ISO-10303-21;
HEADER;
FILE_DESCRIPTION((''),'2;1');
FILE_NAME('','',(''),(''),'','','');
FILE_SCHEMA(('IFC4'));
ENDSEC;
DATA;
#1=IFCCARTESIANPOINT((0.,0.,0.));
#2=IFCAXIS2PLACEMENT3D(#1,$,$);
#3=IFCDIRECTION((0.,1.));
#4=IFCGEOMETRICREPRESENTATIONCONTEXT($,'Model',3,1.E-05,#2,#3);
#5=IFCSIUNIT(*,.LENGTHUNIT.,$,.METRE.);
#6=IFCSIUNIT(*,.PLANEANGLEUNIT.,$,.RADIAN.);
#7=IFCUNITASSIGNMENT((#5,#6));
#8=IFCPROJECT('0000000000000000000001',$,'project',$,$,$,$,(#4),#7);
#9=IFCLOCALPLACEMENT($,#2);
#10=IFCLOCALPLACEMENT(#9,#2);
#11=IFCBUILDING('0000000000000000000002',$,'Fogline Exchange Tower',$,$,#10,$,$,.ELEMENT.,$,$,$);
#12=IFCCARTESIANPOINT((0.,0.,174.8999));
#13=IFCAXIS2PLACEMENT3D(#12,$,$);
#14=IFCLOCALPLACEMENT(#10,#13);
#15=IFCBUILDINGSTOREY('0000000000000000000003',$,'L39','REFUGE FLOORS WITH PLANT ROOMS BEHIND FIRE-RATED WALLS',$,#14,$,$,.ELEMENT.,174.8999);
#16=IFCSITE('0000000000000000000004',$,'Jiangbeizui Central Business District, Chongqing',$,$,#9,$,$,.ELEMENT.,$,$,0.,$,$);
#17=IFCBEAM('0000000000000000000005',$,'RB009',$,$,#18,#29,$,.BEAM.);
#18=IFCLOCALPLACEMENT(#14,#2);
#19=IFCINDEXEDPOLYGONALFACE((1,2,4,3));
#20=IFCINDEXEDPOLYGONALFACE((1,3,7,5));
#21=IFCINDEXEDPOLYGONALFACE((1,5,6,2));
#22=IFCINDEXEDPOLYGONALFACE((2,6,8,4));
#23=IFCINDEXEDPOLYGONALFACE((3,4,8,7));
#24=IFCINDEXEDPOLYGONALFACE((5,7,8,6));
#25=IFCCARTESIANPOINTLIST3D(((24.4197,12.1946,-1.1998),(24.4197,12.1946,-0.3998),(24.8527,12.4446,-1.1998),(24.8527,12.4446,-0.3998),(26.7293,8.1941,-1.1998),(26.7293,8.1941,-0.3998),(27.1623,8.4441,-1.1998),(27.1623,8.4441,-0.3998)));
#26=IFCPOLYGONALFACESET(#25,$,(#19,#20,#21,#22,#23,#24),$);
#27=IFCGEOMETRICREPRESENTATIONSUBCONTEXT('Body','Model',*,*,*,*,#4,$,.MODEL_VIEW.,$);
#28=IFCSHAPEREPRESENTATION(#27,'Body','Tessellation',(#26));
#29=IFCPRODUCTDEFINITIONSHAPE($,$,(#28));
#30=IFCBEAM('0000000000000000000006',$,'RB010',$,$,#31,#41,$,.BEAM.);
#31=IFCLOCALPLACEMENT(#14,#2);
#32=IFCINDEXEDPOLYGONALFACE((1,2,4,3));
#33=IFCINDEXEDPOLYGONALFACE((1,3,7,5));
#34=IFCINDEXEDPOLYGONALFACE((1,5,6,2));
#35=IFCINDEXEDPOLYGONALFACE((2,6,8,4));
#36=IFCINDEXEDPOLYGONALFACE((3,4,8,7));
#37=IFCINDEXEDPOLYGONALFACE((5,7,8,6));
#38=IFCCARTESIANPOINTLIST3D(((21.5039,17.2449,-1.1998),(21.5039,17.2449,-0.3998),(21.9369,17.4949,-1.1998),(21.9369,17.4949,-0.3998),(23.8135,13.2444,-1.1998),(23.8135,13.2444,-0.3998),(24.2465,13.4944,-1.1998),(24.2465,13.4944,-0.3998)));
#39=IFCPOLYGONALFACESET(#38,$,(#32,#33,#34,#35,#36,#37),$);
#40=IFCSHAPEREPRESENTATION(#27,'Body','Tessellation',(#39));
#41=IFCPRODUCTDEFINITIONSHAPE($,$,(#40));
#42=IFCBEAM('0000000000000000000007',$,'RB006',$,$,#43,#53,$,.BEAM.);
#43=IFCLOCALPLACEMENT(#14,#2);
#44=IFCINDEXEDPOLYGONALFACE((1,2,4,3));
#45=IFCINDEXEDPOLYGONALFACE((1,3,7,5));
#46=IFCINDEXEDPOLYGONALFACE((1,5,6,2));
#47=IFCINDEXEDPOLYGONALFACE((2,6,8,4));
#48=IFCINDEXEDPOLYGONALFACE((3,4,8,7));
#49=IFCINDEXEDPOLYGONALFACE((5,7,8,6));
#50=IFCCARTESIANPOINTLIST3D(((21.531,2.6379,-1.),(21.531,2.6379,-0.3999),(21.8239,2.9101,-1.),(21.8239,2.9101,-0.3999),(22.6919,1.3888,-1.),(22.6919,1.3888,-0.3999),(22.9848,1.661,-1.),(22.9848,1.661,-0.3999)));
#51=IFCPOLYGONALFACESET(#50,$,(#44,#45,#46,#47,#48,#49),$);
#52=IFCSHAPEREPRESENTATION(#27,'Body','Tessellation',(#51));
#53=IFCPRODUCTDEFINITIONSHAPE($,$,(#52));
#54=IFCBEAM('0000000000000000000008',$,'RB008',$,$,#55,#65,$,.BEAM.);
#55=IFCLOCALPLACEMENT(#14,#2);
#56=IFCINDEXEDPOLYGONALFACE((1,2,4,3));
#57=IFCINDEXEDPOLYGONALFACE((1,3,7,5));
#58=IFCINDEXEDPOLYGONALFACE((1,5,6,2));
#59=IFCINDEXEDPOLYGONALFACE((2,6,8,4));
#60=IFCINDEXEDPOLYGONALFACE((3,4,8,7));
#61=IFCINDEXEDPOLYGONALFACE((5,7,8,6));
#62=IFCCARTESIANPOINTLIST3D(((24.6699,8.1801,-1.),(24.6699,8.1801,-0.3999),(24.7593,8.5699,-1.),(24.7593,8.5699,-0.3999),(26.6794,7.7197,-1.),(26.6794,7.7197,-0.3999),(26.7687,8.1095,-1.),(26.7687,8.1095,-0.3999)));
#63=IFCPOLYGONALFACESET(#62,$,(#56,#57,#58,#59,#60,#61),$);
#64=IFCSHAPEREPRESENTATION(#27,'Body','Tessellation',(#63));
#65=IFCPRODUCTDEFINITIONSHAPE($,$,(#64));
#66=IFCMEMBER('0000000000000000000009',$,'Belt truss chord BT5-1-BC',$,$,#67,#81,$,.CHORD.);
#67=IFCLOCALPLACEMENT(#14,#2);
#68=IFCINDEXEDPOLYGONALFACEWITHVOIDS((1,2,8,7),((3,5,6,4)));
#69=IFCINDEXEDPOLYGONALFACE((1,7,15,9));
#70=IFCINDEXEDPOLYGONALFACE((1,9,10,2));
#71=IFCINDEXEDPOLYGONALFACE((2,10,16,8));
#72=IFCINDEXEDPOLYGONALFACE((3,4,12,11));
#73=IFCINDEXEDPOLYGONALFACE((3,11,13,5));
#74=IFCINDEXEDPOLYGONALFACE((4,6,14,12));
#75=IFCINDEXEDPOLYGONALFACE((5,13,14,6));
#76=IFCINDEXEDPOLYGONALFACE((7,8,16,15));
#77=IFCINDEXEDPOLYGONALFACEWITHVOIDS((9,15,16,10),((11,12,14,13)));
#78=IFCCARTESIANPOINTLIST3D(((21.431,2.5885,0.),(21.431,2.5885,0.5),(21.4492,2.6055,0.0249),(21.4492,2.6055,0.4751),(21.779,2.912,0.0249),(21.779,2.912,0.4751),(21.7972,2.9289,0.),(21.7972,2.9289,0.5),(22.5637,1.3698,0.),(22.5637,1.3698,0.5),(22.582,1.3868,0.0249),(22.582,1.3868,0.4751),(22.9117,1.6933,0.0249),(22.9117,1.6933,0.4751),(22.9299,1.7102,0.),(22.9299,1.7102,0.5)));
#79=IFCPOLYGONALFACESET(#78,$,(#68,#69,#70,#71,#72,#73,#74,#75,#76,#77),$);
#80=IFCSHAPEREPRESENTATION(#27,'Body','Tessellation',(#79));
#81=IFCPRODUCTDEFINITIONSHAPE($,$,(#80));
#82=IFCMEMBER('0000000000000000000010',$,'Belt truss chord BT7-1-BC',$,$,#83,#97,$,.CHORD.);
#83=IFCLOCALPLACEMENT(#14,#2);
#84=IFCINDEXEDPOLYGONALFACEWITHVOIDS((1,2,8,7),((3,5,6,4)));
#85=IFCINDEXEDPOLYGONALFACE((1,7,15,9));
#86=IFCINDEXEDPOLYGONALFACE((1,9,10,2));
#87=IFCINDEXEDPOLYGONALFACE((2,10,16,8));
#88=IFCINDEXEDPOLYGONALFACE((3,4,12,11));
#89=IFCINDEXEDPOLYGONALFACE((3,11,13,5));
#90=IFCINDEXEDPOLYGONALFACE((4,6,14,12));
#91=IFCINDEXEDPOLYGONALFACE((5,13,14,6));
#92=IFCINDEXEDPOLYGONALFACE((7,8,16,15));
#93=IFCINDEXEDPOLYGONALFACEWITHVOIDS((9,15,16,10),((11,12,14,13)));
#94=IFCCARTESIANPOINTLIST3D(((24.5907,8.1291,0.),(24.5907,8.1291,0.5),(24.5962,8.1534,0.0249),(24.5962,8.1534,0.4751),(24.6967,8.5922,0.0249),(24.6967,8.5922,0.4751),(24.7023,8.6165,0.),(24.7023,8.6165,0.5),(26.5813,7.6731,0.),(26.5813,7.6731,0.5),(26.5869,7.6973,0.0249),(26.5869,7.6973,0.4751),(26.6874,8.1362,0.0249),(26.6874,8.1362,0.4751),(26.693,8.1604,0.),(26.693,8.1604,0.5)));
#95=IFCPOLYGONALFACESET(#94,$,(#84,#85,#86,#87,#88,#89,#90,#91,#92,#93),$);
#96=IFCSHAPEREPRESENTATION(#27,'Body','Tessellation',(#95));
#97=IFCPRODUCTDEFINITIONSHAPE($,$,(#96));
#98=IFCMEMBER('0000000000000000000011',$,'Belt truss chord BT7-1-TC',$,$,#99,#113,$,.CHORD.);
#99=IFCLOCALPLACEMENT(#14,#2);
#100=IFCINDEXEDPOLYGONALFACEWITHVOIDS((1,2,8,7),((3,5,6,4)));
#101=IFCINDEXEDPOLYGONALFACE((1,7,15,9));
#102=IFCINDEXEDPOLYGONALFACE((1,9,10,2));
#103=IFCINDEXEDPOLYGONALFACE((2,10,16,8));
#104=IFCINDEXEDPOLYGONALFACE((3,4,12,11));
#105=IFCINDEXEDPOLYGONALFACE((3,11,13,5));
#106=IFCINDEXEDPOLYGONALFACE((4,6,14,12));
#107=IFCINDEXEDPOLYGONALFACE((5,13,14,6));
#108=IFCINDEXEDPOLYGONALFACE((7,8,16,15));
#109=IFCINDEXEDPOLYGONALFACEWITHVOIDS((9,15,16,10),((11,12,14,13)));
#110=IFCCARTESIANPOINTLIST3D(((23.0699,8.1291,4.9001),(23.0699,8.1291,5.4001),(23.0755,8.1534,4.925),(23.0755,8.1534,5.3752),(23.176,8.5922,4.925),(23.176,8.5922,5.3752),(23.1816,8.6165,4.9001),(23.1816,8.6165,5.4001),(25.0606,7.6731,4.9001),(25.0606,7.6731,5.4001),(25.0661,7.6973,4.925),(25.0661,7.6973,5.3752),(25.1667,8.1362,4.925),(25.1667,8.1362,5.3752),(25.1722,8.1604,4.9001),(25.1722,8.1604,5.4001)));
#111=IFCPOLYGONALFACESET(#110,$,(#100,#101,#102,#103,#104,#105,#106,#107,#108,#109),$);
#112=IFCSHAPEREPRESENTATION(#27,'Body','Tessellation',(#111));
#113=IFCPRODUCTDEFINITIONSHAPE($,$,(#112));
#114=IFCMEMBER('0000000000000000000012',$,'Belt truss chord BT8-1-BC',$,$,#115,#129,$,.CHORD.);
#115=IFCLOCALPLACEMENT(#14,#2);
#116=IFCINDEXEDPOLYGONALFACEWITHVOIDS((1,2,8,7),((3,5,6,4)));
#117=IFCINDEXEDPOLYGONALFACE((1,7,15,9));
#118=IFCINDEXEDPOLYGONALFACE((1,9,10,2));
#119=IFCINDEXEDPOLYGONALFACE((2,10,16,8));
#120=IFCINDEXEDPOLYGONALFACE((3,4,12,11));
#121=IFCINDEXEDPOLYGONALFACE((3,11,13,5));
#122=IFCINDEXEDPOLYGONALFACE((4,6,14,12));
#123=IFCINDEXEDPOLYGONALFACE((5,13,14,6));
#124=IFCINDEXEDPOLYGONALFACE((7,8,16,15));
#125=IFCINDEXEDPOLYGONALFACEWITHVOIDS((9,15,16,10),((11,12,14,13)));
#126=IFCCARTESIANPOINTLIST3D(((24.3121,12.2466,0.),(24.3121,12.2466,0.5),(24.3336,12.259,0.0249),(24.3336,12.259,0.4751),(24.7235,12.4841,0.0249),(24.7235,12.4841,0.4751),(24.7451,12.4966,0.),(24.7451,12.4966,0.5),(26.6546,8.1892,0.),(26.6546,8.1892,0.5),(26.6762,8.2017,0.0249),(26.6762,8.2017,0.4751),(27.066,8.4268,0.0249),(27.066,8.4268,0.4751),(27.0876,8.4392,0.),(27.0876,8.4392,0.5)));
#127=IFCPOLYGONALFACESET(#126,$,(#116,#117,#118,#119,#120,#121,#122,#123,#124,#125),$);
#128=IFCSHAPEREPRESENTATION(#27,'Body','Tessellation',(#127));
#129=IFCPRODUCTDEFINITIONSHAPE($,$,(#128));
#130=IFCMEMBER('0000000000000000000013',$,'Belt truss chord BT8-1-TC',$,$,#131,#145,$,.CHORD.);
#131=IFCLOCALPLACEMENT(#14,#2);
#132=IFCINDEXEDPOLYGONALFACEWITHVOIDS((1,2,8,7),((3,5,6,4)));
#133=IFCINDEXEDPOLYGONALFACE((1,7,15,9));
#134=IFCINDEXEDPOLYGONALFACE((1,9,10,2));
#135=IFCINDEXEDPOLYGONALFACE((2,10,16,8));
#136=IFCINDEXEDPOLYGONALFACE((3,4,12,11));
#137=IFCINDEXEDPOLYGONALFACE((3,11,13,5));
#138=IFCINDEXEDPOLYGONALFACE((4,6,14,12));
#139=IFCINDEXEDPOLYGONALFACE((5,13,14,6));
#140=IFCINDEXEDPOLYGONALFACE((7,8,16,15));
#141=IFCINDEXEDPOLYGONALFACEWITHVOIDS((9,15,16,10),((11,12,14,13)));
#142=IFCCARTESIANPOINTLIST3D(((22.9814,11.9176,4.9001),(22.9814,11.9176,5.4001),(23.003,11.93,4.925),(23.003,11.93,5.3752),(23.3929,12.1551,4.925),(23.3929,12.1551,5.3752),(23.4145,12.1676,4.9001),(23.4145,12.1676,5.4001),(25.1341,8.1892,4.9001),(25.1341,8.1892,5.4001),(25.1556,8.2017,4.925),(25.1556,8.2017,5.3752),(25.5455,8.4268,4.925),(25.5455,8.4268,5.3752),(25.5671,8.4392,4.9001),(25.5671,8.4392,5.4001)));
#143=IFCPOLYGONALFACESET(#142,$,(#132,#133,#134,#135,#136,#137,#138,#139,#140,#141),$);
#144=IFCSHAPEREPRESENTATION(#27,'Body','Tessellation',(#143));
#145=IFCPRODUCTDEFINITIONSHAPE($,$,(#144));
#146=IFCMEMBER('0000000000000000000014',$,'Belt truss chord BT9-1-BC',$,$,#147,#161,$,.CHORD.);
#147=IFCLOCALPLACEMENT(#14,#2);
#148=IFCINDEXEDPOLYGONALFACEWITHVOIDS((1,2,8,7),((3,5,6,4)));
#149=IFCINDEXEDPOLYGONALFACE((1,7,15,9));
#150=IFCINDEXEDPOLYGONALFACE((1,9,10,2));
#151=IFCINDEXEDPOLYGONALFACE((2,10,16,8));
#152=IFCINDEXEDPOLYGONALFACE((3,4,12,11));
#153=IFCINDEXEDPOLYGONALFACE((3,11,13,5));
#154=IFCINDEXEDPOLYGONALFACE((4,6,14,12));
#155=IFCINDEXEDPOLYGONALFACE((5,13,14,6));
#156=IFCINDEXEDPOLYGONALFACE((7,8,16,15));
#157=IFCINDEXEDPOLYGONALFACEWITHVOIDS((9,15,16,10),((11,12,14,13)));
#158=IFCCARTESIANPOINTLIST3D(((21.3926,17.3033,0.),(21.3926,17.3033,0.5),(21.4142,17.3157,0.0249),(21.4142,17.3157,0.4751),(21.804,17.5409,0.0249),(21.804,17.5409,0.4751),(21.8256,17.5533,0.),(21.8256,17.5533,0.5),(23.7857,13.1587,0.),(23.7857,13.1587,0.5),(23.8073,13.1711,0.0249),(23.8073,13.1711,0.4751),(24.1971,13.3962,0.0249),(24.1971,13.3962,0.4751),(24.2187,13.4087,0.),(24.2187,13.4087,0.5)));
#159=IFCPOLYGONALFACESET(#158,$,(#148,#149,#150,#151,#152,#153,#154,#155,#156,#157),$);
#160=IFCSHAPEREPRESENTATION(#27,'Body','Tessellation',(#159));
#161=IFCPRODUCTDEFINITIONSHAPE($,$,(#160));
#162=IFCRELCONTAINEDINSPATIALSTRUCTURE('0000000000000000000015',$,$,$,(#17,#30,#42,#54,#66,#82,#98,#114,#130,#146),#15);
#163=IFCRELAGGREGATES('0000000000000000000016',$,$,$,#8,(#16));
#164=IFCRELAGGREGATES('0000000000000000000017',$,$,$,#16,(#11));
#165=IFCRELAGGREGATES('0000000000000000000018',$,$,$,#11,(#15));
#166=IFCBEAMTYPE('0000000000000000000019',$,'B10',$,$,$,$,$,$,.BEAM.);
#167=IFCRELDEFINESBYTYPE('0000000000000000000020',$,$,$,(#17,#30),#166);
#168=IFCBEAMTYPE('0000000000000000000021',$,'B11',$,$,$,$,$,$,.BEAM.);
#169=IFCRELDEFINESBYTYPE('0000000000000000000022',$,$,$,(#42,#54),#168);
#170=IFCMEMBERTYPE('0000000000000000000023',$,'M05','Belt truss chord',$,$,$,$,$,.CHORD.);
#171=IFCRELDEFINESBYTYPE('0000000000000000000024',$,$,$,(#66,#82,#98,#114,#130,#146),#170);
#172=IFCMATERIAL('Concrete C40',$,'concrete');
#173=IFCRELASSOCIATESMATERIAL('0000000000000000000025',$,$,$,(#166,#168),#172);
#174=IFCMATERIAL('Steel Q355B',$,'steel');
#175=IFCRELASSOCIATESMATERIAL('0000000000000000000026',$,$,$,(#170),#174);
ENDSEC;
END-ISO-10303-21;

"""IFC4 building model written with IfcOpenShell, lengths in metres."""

from ifc_helpers import new_model, si_unit, direction, frame, origin, origin_2d, place, context, subcontext, project, spatial, rectangle, hollow_rectangle, extrude, material, material_profile, profile_set, type_object, element, save


model = new_model("IFC4")

# Units and contexts
model_context = context("Model", 3, precision=1e-05, world=origin(), true_north=direction((0.0, 1.0)))
body_context = subcontext(model_context, "Body", "Model", "MODEL_VIEW")
ifc_project = project(units=[si_unit("LENGTHUNIT", "METRE"), si_unit("PLANEANGLEUNIT", "RADIAN")], contexts=[model_context])

# Site, building, storey
site_placement = place(None, origin())
site = spatial("IfcSite", under=ifc_project, at=site_placement, Name="Jiangbeizui Central Business District, Chongqing", CompositionType="ELEMENT", RefElevation=0.0)
building_placement = place(site_placement, origin())
building = spatial("IfcBuilding", under=site, at=building_placement, Name="Fogline Exchange Tower", CompositionType="ELEMENT")
storey_placement = place(building_placement, frame((0.0, 0.0, 174.8999)))
storey = spatial("IfcBuildingStorey", under=building, at=storey_placement, Name="L39", Description="REFUGE FLOORS WITH PLANT ROOMS BEHIND FIRE-RATED WALLS", CompositionType="ELEMENT", Elevation=174.8999)

# Beams
ifc_material_1 = material(Name="Concrete C40", Category="concrete")
ifc_material_profile_1 = material_profile(ifc_material_1, rectangle(XDim=0.5, YDim=0.8, at=origin_2d()), Name="RC 500x800")
ifc_profile_set_1 = profile_set([ifc_material_profile_1], Name="Concrete C40")
beam_type_1 = type_object("IfcBeamType", Name="B10", PredefinedType="BEAM", material=ifc_profile_set_1)
for number, where, z_axis, x_axis, name in (
    (1, (26.9458, 8.3191, -0.7998), (-0.499982, 0.866036, 0.0), (-0.866036, -0.499982, 0.0), "RB009"),
    (2, (24.03, 13.3694, -0.7998), (-0.499982, 0.866036, 0.0), (-0.866036, -0.499982, 0.0), "RB010"),
):
    element("IfcBeam", number, at=place(storey_placement, frame(where, z_axis=z_axis, x_axis=x_axis)), inside=storey, type_object=beam_type_1, Name=name, PredefinedType="BEAM", context=body_context, shape_type="SweptSolid", body=[
        extrude(rectangle(XDim=0.5, YDim=0.8, at=origin_2d()), origin(), (0.0, 0.0, 1.0), 4.6194),
    ])
ifc_material_profile_2 = material_profile(ifc_material_1, rectangle(XDim=0.3999, YDim=0.6001, at=origin_2d()), Name="RC 400x600")
ifc_profile_set_2 = profile_set([ifc_material_profile_2], Name="Concrete C40")
beam_type_2 = type_object("IfcBeamType", Name="B11", PredefinedType="BEAM", material=ifc_profile_set_2)
beam_1_placement = place(storey_placement, frame((22.8384, 1.5249, -0.7), z_axis=(-0.680792, 0.732477, 0.0), x_axis=(-0.732477, -0.680792, 0.0)))
element("IfcBeam", 3, at=beam_1_placement, inside=storey, type_object=beam_type_2, Name="RB006", PredefinedType="BEAM", context=body_context, shape_type="SweptSolid", body=[
    extrude(rectangle(XDim=0.3999, YDim=0.6001, at=origin_2d()), origin(), (0.0, 0.0, 1.0), 1.7053),
])
beam_2_placement = place(storey_placement, frame((24.7146, 8.375, -0.7), z_axis=(0.974739, -0.223346, 0.0), x_axis=(0.223346, 0.974739, 0.0)))
element("IfcBeam", 4, at=beam_2_placement, inside=storey, type_object=beam_type_2, Name="RB008", PredefinedType="BEAM", context=body_context, shape_type="SweptSolid", body=[
    extrude(rectangle(XDim=0.3999, YDim=0.6001, at=origin_2d()), origin(), (0.0, 0.0, 1.0), 2.0615),
])

# Members
ifc_material_2 = material(Name="Steel Q355B", Category="steel")
ifc_material_profile_3 = material_profile(ifc_material_2, hollow_rectangle(XDim=0.5, YDim=0.5, WallThickness=0.0249, at=origin_2d()), Name="BOX500X500X25")
ifc_profile_set_3 = profile_set([ifc_material_profile_3], Name="Steel Q355B")
member_type_1 = type_object("IfcMemberType", Name="M05", Description="Belt truss chord", PredefinedType="CHORD", material=ifc_profile_set_3)
member_1_placement = place(storey_placement, frame((22.7468, 1.54, 0.25), z_axis=(-0.680811, 0.732459, 0.0), x_axis=(-0.732459, -0.680811, 0.0)))
element("IfcMember", 5, at=member_1_placement, inside=storey, type_object=member_type_1, Name="Belt truss chord BT5-1-BC", PredefinedType="CHORD", context=body_context, shape_type="SweptSolid", body=[
    extrude(hollow_rectangle(XDim=0.5, YDim=0.5, WallThickness=0.0249, at=origin_2d()), origin(), (0.0, 0.0, 1.0), 1.6638),
])
for number, where, z_axis, x_axis, name in (
    (6, (24.6465, 8.3728, 0.25), (0.974749, -0.223305, 0.0), (0.223305, 0.974749, 0.0), "Belt truss chord BT7-1-BC"),
    (7, (23.1257, 8.3728, 5.1501), (0.974749, -0.223305, 0.0), (0.223305, 0.974749, 0.0), "Belt truss chord BT7-1-TC"),
):
    element("IfcMember", number, at=place(storey_placement, frame(where, z_axis=z_axis, x_axis=x_axis)), inside=storey, type_object=member_type_1, Name=name, PredefinedType="CHORD", context=body_context, shape_type="SweptSolid", body=[
        extrude(hollow_rectangle(XDim=0.5, YDim=0.5, WallThickness=0.0249, at=origin_2d()), origin(), (0.0, 0.0, 1.0), 2.0422),
    ])
member_2_placement = place(storey_placement, frame((26.8711, 8.3142, 0.25), z_axis=(-0.500001, 0.866025, 0.0), x_axis=(-0.866025, -0.500001, 0.0)))
element("IfcMember", 8, at=member_2_placement, inside=storey, type_object=member_type_1, Name="Belt truss chord BT8-1-BC", PredefinedType="CHORD", context=body_context, shape_type="SweptSolid", body=[
    extrude(hollow_rectangle(XDim=0.5, YDim=0.5, WallThickness=0.0249, at=origin_2d()), origin(), (0.0, 0.0, 1.0), 4.6851),
])
member_3_placement = place(storey_placement, frame((25.3506, 8.3142, 5.1501), z_axis=(-0.500012, 0.866018, 0.0), x_axis=(-0.866018, -0.500012, 0.0)))
element("IfcMember", 9, at=member_3_placement, inside=storey, type_object=member_type_1, Name="Belt truss chord BT8-1-TC", PredefinedType="CHORD", context=body_context, shape_type="SweptSolid", body=[
    extrude(hollow_rectangle(XDim=0.5, YDim=0.5, WallThickness=0.0249, at=origin_2d()), origin(), (0.0, 0.0, 1.0), 4.3052),
])
member_4_placement = place(storey_placement, frame((24.0022, 13.2837, 0.25), z_axis=(-0.500035, 0.866005, 0.0), x_axis=(-0.866005, -0.500035, 0.0)))
element("IfcMember", 10, at=member_4_placement, inside=storey, type_object=member_type_1, Name="Belt truss chord BT9-1-BC", PredefinedType="CHORD", context=body_context, shape_type="SweptSolid", body=[
    extrude(hollow_rectangle(XDim=0.5, YDim=0.5, WallThickness=0.0249, at=origin_2d()), origin(), (0.0, 0.0, 1.0), 4.7859),
])

save(model, "model.ifc")
